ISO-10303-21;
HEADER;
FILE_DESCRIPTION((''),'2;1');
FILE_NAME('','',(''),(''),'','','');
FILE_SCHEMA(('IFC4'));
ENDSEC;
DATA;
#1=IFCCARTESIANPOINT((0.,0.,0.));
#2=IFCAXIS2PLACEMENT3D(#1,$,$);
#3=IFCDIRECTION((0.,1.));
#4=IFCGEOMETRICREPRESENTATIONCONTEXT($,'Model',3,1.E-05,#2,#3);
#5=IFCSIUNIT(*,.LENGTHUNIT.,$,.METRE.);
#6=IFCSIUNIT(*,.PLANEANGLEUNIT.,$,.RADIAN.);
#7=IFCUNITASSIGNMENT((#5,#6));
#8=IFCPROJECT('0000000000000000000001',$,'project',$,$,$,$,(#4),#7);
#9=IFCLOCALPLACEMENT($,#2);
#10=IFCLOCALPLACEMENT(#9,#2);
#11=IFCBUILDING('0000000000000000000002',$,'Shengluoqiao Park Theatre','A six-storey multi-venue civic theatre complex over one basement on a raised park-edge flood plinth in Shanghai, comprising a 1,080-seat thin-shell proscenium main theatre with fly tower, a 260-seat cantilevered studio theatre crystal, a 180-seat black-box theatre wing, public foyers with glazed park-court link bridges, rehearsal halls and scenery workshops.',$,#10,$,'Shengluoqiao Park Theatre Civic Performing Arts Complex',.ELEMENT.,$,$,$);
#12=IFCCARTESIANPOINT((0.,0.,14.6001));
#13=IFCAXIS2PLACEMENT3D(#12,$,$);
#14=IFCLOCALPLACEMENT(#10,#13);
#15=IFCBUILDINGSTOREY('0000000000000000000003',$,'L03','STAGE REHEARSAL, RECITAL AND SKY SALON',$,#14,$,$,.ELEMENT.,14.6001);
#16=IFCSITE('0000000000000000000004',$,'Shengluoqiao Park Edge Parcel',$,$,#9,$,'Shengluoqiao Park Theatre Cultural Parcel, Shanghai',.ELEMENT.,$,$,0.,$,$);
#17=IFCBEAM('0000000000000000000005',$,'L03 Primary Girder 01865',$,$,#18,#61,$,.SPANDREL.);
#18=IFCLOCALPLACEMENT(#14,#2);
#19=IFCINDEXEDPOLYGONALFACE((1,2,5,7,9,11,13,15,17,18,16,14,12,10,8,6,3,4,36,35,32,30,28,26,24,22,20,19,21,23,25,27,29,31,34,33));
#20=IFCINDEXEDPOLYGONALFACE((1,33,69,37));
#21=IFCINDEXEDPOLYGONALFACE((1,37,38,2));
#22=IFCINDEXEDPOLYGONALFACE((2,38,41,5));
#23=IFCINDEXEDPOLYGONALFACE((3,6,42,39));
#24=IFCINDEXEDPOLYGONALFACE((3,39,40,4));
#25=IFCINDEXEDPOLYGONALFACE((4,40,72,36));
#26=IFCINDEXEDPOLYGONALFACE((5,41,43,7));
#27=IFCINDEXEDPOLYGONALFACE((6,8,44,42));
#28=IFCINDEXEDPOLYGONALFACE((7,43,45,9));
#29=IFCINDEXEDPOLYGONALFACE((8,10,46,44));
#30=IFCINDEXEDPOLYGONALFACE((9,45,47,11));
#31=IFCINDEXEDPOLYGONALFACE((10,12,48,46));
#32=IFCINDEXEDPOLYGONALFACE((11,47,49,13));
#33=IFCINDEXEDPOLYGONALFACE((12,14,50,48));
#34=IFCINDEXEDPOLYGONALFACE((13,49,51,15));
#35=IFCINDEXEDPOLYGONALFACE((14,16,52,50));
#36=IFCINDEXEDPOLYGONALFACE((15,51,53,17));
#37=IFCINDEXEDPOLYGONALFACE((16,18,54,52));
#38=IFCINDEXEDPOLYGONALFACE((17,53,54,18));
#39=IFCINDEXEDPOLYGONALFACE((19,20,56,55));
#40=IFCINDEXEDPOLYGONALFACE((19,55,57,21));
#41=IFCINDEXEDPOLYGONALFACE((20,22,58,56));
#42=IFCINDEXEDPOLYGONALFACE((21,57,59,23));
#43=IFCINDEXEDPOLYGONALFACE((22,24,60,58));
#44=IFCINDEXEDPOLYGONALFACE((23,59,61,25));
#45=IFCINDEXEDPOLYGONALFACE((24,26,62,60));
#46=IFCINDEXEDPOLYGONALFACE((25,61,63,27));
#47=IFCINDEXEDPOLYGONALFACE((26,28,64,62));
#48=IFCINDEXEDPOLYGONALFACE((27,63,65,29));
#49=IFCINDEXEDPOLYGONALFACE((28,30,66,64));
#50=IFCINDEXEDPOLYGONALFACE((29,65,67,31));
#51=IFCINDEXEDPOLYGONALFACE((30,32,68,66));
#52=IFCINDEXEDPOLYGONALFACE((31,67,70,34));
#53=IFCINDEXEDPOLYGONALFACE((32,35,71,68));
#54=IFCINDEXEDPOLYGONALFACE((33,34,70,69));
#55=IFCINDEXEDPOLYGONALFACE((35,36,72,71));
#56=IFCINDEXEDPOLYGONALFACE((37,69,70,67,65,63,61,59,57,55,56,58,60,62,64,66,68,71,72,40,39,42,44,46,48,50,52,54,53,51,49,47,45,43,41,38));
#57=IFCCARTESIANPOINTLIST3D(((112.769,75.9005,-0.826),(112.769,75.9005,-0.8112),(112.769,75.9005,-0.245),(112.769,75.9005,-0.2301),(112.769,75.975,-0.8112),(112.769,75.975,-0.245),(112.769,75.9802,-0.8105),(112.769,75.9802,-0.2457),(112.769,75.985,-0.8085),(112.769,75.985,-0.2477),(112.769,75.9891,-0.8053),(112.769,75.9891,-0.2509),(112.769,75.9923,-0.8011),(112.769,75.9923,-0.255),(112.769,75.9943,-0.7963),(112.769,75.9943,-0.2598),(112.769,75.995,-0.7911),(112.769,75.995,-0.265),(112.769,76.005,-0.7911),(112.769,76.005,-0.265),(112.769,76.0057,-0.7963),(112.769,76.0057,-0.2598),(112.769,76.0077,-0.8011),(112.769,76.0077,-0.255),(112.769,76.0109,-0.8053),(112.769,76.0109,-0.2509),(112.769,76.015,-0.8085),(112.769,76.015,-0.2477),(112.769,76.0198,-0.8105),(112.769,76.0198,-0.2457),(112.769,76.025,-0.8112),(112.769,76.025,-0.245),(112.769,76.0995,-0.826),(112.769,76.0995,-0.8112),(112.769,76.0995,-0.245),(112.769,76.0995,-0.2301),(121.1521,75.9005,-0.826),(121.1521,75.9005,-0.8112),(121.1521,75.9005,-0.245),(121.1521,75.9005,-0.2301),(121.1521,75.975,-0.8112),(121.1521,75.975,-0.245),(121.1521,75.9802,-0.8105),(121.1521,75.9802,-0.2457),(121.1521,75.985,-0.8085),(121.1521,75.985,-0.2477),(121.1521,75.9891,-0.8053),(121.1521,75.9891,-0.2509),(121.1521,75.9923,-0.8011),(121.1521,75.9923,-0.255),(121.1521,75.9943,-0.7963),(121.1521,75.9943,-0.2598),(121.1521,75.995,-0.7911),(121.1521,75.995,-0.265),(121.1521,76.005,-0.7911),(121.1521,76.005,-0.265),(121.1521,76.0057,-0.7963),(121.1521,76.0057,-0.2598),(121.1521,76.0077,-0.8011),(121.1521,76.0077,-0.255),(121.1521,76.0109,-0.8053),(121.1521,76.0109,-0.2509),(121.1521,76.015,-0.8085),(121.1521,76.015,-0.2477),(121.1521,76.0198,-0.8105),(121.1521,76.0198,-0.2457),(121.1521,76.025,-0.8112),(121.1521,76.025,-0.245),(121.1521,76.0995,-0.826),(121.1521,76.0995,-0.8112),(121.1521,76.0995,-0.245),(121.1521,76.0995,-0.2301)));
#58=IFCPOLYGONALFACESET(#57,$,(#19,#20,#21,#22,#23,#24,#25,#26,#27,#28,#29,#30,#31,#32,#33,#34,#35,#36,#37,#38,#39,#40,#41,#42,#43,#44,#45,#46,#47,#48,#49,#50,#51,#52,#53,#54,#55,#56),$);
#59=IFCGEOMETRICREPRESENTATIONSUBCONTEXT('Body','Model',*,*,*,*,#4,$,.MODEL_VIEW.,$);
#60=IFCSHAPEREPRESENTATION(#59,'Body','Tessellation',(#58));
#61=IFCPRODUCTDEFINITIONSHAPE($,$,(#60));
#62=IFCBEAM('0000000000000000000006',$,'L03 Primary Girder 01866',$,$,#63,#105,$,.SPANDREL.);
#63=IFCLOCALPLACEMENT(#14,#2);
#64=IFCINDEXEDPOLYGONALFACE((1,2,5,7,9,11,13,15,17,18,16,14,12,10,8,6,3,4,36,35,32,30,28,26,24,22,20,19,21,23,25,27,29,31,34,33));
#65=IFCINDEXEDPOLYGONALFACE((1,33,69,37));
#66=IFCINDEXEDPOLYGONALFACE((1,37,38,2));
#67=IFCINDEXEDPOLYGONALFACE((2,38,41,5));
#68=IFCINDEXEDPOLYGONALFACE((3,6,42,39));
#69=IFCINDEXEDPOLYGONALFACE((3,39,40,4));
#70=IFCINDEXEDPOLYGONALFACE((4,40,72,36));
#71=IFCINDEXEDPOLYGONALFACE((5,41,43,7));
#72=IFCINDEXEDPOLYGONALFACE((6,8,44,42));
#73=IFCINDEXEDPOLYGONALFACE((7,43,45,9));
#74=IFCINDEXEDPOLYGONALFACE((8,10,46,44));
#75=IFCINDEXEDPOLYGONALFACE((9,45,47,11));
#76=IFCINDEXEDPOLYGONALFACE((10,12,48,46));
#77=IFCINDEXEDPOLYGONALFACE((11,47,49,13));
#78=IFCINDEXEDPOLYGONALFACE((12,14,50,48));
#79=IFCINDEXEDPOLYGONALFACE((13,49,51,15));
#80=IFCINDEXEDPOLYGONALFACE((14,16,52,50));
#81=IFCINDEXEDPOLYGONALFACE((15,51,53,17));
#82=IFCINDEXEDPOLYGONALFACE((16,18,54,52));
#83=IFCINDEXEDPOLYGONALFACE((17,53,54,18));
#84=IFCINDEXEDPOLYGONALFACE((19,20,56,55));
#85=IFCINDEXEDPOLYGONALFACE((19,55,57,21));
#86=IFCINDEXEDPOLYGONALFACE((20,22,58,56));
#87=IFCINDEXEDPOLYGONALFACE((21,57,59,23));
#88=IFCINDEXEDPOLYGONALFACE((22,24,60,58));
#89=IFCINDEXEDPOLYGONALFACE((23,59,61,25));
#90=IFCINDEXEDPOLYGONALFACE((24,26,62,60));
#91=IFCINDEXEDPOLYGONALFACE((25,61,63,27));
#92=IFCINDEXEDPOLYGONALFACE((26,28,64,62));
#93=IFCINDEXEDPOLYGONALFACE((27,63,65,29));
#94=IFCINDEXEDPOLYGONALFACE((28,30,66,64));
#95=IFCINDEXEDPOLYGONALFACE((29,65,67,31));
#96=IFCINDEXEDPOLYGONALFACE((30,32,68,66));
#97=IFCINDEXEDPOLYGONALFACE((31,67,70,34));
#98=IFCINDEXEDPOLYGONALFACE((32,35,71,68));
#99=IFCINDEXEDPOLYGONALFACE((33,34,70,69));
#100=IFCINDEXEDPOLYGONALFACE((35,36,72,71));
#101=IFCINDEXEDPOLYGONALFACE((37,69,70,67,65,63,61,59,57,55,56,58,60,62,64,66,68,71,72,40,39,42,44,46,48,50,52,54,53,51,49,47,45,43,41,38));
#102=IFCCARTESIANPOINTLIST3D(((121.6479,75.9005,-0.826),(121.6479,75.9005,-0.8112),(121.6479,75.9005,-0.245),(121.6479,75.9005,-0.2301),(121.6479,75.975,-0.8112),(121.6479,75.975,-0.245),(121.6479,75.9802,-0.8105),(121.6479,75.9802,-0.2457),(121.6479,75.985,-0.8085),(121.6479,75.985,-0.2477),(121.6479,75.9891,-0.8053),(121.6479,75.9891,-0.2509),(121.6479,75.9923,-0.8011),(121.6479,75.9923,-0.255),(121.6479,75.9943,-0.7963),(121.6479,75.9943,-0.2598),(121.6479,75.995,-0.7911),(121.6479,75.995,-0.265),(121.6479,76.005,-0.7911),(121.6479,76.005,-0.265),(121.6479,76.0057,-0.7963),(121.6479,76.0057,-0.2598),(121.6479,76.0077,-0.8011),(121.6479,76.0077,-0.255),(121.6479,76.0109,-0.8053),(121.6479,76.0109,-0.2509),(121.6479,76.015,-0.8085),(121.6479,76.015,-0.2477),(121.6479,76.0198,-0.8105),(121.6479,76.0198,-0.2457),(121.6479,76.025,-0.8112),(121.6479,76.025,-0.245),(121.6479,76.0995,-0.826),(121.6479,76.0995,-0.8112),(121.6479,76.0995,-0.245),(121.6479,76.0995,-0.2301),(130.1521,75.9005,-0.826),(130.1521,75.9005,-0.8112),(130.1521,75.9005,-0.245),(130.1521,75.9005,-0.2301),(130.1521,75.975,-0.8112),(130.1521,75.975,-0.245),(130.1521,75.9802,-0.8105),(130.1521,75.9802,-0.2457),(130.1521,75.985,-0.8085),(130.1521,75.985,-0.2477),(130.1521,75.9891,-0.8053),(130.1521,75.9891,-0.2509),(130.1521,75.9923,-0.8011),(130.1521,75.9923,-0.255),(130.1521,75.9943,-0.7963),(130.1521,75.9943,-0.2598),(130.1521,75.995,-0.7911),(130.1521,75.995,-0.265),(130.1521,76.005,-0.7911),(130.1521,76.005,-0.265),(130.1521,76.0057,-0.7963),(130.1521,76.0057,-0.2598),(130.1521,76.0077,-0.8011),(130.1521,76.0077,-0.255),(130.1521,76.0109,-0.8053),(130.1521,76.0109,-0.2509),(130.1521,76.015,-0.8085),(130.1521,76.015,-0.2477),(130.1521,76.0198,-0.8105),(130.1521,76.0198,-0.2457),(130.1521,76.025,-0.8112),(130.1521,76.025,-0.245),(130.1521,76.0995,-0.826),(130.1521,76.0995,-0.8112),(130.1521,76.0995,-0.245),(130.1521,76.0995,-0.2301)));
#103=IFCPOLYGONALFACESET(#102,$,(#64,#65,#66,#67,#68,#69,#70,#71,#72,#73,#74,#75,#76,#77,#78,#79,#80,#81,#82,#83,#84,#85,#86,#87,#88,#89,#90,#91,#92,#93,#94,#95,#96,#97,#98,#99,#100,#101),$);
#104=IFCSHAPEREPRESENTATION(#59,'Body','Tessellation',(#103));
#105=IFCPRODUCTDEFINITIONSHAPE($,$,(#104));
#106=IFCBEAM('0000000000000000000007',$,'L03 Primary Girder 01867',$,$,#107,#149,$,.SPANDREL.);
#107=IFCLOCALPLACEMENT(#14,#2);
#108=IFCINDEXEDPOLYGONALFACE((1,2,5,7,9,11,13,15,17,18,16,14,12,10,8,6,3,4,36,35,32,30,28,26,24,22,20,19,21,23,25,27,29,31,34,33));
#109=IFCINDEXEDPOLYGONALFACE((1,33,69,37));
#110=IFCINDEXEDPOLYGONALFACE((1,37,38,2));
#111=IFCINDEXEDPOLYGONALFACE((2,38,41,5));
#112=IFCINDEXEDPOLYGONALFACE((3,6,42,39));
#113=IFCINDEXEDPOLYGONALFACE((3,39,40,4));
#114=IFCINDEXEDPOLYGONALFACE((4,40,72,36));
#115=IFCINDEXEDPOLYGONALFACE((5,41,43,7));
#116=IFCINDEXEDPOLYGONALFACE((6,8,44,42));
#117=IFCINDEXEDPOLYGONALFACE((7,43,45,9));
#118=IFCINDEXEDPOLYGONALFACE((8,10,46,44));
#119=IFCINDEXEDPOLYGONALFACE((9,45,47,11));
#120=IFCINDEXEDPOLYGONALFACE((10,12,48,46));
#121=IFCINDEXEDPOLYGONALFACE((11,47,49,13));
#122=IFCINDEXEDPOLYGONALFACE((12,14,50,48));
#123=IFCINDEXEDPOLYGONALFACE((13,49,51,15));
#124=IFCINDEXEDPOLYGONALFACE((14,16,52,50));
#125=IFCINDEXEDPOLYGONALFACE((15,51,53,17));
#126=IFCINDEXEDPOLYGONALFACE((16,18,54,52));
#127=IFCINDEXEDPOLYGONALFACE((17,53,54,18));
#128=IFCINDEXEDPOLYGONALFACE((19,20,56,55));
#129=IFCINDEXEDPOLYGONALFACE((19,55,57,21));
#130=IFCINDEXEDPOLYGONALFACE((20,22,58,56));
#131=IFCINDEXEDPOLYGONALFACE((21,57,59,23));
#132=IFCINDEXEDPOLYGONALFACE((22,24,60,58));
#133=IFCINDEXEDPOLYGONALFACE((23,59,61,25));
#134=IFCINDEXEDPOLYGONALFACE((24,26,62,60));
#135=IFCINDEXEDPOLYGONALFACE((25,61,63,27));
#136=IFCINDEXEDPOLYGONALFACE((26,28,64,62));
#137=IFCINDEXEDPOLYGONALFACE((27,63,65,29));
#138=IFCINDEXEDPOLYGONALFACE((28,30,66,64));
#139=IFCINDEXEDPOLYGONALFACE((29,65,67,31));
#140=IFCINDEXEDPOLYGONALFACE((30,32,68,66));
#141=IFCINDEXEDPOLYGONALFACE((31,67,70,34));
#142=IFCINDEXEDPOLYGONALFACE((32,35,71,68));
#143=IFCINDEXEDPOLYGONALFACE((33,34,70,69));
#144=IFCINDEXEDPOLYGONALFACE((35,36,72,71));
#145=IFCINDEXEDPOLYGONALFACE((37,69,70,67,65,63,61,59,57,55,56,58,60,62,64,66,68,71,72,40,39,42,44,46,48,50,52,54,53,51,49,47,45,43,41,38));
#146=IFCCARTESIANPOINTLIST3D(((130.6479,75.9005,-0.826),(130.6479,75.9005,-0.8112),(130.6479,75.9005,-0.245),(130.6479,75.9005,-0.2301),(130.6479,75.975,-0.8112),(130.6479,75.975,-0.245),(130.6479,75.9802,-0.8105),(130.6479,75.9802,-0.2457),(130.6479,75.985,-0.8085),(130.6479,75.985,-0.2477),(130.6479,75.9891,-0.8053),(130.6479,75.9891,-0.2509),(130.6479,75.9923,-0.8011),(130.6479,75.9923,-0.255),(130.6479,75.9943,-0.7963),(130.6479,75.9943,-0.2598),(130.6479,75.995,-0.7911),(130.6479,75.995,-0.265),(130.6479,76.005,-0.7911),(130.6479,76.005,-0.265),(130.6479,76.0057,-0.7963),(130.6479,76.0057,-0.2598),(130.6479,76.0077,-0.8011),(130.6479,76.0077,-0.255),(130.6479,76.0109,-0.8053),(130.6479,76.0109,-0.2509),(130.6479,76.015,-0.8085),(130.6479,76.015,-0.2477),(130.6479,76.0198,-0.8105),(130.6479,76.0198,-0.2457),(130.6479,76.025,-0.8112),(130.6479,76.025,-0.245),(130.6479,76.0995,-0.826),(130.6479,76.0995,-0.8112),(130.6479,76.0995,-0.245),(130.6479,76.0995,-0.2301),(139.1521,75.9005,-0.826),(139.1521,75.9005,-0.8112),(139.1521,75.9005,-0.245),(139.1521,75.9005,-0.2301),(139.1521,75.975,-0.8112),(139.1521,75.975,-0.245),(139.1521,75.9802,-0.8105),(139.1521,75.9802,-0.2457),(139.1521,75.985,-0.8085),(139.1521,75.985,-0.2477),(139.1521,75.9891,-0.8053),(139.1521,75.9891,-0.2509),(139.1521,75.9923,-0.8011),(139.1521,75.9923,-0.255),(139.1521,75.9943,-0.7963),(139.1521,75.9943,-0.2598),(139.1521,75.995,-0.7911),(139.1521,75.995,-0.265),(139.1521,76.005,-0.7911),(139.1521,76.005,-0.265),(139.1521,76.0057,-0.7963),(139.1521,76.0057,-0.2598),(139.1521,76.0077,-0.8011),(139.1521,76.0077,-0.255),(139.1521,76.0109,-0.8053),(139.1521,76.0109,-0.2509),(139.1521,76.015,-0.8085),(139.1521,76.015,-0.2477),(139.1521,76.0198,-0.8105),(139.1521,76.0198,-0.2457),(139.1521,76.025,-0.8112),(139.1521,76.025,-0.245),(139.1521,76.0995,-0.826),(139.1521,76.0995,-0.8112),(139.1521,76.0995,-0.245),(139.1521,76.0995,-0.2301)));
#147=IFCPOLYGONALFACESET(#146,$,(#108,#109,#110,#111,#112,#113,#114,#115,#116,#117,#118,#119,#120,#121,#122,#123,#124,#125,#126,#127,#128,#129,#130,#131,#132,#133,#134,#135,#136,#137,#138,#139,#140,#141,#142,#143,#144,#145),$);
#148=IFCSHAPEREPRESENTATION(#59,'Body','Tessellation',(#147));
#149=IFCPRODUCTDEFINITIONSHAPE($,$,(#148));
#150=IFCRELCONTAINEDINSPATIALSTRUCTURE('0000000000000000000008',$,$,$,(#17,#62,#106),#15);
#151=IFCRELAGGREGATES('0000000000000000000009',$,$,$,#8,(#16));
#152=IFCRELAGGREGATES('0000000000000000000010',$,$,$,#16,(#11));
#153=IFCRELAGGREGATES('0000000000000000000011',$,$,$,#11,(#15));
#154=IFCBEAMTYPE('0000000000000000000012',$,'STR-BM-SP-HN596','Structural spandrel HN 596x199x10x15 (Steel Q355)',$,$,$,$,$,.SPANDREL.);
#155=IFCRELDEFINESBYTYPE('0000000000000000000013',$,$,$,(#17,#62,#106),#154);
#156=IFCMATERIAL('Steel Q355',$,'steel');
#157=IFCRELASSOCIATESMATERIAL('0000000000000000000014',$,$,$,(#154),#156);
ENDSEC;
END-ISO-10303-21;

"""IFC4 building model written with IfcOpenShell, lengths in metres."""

from ifc_helpers import new_model, si_unit, direction, frame, origin, origin_2d, place, context, subcontext, project, spatial, i_section, extrude, material, material_profile, profile_set, type_object, element, save


model = new_model("IFC4")

# Units and contexts
model_context = context("Model", 3, precision=1e-05, world=origin(), true_north=direction((0.0, 1.0)))
body_context = subcontext(model_context, "Body", "Model", "MODEL_VIEW")
ifc_project = project(units=[si_unit("LENGTHUNIT", "METRE"), si_unit("PLANEANGLEUNIT", "RADIAN")], contexts=[model_context])

# Site, building, storey
site_placement = place(None, origin())
site = spatial("IfcSite", under=ifc_project, at=site_placement, Name="Shengluoqiao Park Edge Parcel", LongName="Shengluoqiao Park Theatre Cultural Parcel, Shanghai", CompositionType="ELEMENT", RefElevation=0.0)
building_placement = place(site_placement, origin())
building = spatial("IfcBuilding", under=site, at=building_placement, Name="Shengluoqiao Park Theatre", Description="A six-storey multi-venue civic theatre complex over one basement on a raised park-edge flood plinth in Shanghai, comprising a 1,080-seat thin-shell proscenium main theatre with fly tower, a 260-seat cantilevered studio theatre crystal, a 180-seat black-box theatre wing, public foyers with glazed park-court link bridges, rehearsal halls and scenery workshops.", LongName="Shengluoqiao Park Theatre Civic Performing Arts Complex", CompositionType="ELEMENT")
storey_placement = place(building_placement, frame((0.0, 0.0, 14.6001)))
storey = spatial("IfcBuildingStorey", under=building, at=storey_placement, Name="L03", Description="STAGE REHEARSAL, RECITAL AND SKY SALON", CompositionType="ELEMENT", Elevation=14.6001)

# Beams
ifc_material = material(Name="Steel Q355", Category="steel")
ifc_material_profile_1 = material_profile(ifc_material, i_section(OverallWidth=0.199, OverallDepth=0.5959, WebThickness=0.01, FlangeThickness=0.0149, FilletRadius=0.02, at=origin_2d()), Name="HN 596x199x10x15")
ifc_profile_set_1 = profile_set([ifc_material_profile_1], Name="Steel Q355")
beam_type_1 = type_object("IfcBeamType", Name="STR-BM-SP-HN596", Description="Structural spandrel HN 596x199x10x15 (Steel Q355)", PredefinedType="SPANDREL", material=ifc_profile_set_1)
beam_1_placement = place(storey_placement, frame((112.769, 76.0, -0.5281), z_axis=(1.0, 0.0, 0.0), x_axis=(0.0, 1.0, 0.0)))
element("IfcBeam", 1, at=beam_1_placement, inside=storey, type_object=beam_type_1, Name="L03 Primary Girder 01865", PredefinedType="SPANDREL", context=body_context, shape_type="SweptSolid", body=[
    extrude(i_section(OverallWidth=0.199, OverallDepth=0.5959, WebThickness=0.01, FlangeThickness=0.0149, FilletRadius=0.02, at=origin_2d()), origin(), (0.0, 0.0, 1.0), 8.3831),
])
for number, where, z_axis, x_axis, name in (
    (2, (121.6479, 76.0, -0.5281), (1.0, 0.0, 0.0), (0.0, 1.0, 0.0), "L03 Primary Girder 01866"),
    (3, (130.6479, 76.0, -0.5281), (1.0, 0.0, 0.0), (0.0, 1.0, 0.0), "L03 Primary Girder 01867"),
):
    element("IfcBeam", number, at=place(storey_placement, frame(where, z_axis=z_axis, x_axis=x_axis)), inside=storey, type_object=beam_type_1, Name=name, PredefinedType="SPANDREL", context=body_context, shape_type="SweptSolid", body=[
        extrude(i_section(OverallWidth=0.199, OverallDepth=0.5959, WebThickness=0.01, FlangeThickness=0.0149, FilletRadius=0.02, at=origin_2d()), origin(), (0.0, 0.0, 1.0), 8.5042),
    ])

save(model, "model.ifc")
